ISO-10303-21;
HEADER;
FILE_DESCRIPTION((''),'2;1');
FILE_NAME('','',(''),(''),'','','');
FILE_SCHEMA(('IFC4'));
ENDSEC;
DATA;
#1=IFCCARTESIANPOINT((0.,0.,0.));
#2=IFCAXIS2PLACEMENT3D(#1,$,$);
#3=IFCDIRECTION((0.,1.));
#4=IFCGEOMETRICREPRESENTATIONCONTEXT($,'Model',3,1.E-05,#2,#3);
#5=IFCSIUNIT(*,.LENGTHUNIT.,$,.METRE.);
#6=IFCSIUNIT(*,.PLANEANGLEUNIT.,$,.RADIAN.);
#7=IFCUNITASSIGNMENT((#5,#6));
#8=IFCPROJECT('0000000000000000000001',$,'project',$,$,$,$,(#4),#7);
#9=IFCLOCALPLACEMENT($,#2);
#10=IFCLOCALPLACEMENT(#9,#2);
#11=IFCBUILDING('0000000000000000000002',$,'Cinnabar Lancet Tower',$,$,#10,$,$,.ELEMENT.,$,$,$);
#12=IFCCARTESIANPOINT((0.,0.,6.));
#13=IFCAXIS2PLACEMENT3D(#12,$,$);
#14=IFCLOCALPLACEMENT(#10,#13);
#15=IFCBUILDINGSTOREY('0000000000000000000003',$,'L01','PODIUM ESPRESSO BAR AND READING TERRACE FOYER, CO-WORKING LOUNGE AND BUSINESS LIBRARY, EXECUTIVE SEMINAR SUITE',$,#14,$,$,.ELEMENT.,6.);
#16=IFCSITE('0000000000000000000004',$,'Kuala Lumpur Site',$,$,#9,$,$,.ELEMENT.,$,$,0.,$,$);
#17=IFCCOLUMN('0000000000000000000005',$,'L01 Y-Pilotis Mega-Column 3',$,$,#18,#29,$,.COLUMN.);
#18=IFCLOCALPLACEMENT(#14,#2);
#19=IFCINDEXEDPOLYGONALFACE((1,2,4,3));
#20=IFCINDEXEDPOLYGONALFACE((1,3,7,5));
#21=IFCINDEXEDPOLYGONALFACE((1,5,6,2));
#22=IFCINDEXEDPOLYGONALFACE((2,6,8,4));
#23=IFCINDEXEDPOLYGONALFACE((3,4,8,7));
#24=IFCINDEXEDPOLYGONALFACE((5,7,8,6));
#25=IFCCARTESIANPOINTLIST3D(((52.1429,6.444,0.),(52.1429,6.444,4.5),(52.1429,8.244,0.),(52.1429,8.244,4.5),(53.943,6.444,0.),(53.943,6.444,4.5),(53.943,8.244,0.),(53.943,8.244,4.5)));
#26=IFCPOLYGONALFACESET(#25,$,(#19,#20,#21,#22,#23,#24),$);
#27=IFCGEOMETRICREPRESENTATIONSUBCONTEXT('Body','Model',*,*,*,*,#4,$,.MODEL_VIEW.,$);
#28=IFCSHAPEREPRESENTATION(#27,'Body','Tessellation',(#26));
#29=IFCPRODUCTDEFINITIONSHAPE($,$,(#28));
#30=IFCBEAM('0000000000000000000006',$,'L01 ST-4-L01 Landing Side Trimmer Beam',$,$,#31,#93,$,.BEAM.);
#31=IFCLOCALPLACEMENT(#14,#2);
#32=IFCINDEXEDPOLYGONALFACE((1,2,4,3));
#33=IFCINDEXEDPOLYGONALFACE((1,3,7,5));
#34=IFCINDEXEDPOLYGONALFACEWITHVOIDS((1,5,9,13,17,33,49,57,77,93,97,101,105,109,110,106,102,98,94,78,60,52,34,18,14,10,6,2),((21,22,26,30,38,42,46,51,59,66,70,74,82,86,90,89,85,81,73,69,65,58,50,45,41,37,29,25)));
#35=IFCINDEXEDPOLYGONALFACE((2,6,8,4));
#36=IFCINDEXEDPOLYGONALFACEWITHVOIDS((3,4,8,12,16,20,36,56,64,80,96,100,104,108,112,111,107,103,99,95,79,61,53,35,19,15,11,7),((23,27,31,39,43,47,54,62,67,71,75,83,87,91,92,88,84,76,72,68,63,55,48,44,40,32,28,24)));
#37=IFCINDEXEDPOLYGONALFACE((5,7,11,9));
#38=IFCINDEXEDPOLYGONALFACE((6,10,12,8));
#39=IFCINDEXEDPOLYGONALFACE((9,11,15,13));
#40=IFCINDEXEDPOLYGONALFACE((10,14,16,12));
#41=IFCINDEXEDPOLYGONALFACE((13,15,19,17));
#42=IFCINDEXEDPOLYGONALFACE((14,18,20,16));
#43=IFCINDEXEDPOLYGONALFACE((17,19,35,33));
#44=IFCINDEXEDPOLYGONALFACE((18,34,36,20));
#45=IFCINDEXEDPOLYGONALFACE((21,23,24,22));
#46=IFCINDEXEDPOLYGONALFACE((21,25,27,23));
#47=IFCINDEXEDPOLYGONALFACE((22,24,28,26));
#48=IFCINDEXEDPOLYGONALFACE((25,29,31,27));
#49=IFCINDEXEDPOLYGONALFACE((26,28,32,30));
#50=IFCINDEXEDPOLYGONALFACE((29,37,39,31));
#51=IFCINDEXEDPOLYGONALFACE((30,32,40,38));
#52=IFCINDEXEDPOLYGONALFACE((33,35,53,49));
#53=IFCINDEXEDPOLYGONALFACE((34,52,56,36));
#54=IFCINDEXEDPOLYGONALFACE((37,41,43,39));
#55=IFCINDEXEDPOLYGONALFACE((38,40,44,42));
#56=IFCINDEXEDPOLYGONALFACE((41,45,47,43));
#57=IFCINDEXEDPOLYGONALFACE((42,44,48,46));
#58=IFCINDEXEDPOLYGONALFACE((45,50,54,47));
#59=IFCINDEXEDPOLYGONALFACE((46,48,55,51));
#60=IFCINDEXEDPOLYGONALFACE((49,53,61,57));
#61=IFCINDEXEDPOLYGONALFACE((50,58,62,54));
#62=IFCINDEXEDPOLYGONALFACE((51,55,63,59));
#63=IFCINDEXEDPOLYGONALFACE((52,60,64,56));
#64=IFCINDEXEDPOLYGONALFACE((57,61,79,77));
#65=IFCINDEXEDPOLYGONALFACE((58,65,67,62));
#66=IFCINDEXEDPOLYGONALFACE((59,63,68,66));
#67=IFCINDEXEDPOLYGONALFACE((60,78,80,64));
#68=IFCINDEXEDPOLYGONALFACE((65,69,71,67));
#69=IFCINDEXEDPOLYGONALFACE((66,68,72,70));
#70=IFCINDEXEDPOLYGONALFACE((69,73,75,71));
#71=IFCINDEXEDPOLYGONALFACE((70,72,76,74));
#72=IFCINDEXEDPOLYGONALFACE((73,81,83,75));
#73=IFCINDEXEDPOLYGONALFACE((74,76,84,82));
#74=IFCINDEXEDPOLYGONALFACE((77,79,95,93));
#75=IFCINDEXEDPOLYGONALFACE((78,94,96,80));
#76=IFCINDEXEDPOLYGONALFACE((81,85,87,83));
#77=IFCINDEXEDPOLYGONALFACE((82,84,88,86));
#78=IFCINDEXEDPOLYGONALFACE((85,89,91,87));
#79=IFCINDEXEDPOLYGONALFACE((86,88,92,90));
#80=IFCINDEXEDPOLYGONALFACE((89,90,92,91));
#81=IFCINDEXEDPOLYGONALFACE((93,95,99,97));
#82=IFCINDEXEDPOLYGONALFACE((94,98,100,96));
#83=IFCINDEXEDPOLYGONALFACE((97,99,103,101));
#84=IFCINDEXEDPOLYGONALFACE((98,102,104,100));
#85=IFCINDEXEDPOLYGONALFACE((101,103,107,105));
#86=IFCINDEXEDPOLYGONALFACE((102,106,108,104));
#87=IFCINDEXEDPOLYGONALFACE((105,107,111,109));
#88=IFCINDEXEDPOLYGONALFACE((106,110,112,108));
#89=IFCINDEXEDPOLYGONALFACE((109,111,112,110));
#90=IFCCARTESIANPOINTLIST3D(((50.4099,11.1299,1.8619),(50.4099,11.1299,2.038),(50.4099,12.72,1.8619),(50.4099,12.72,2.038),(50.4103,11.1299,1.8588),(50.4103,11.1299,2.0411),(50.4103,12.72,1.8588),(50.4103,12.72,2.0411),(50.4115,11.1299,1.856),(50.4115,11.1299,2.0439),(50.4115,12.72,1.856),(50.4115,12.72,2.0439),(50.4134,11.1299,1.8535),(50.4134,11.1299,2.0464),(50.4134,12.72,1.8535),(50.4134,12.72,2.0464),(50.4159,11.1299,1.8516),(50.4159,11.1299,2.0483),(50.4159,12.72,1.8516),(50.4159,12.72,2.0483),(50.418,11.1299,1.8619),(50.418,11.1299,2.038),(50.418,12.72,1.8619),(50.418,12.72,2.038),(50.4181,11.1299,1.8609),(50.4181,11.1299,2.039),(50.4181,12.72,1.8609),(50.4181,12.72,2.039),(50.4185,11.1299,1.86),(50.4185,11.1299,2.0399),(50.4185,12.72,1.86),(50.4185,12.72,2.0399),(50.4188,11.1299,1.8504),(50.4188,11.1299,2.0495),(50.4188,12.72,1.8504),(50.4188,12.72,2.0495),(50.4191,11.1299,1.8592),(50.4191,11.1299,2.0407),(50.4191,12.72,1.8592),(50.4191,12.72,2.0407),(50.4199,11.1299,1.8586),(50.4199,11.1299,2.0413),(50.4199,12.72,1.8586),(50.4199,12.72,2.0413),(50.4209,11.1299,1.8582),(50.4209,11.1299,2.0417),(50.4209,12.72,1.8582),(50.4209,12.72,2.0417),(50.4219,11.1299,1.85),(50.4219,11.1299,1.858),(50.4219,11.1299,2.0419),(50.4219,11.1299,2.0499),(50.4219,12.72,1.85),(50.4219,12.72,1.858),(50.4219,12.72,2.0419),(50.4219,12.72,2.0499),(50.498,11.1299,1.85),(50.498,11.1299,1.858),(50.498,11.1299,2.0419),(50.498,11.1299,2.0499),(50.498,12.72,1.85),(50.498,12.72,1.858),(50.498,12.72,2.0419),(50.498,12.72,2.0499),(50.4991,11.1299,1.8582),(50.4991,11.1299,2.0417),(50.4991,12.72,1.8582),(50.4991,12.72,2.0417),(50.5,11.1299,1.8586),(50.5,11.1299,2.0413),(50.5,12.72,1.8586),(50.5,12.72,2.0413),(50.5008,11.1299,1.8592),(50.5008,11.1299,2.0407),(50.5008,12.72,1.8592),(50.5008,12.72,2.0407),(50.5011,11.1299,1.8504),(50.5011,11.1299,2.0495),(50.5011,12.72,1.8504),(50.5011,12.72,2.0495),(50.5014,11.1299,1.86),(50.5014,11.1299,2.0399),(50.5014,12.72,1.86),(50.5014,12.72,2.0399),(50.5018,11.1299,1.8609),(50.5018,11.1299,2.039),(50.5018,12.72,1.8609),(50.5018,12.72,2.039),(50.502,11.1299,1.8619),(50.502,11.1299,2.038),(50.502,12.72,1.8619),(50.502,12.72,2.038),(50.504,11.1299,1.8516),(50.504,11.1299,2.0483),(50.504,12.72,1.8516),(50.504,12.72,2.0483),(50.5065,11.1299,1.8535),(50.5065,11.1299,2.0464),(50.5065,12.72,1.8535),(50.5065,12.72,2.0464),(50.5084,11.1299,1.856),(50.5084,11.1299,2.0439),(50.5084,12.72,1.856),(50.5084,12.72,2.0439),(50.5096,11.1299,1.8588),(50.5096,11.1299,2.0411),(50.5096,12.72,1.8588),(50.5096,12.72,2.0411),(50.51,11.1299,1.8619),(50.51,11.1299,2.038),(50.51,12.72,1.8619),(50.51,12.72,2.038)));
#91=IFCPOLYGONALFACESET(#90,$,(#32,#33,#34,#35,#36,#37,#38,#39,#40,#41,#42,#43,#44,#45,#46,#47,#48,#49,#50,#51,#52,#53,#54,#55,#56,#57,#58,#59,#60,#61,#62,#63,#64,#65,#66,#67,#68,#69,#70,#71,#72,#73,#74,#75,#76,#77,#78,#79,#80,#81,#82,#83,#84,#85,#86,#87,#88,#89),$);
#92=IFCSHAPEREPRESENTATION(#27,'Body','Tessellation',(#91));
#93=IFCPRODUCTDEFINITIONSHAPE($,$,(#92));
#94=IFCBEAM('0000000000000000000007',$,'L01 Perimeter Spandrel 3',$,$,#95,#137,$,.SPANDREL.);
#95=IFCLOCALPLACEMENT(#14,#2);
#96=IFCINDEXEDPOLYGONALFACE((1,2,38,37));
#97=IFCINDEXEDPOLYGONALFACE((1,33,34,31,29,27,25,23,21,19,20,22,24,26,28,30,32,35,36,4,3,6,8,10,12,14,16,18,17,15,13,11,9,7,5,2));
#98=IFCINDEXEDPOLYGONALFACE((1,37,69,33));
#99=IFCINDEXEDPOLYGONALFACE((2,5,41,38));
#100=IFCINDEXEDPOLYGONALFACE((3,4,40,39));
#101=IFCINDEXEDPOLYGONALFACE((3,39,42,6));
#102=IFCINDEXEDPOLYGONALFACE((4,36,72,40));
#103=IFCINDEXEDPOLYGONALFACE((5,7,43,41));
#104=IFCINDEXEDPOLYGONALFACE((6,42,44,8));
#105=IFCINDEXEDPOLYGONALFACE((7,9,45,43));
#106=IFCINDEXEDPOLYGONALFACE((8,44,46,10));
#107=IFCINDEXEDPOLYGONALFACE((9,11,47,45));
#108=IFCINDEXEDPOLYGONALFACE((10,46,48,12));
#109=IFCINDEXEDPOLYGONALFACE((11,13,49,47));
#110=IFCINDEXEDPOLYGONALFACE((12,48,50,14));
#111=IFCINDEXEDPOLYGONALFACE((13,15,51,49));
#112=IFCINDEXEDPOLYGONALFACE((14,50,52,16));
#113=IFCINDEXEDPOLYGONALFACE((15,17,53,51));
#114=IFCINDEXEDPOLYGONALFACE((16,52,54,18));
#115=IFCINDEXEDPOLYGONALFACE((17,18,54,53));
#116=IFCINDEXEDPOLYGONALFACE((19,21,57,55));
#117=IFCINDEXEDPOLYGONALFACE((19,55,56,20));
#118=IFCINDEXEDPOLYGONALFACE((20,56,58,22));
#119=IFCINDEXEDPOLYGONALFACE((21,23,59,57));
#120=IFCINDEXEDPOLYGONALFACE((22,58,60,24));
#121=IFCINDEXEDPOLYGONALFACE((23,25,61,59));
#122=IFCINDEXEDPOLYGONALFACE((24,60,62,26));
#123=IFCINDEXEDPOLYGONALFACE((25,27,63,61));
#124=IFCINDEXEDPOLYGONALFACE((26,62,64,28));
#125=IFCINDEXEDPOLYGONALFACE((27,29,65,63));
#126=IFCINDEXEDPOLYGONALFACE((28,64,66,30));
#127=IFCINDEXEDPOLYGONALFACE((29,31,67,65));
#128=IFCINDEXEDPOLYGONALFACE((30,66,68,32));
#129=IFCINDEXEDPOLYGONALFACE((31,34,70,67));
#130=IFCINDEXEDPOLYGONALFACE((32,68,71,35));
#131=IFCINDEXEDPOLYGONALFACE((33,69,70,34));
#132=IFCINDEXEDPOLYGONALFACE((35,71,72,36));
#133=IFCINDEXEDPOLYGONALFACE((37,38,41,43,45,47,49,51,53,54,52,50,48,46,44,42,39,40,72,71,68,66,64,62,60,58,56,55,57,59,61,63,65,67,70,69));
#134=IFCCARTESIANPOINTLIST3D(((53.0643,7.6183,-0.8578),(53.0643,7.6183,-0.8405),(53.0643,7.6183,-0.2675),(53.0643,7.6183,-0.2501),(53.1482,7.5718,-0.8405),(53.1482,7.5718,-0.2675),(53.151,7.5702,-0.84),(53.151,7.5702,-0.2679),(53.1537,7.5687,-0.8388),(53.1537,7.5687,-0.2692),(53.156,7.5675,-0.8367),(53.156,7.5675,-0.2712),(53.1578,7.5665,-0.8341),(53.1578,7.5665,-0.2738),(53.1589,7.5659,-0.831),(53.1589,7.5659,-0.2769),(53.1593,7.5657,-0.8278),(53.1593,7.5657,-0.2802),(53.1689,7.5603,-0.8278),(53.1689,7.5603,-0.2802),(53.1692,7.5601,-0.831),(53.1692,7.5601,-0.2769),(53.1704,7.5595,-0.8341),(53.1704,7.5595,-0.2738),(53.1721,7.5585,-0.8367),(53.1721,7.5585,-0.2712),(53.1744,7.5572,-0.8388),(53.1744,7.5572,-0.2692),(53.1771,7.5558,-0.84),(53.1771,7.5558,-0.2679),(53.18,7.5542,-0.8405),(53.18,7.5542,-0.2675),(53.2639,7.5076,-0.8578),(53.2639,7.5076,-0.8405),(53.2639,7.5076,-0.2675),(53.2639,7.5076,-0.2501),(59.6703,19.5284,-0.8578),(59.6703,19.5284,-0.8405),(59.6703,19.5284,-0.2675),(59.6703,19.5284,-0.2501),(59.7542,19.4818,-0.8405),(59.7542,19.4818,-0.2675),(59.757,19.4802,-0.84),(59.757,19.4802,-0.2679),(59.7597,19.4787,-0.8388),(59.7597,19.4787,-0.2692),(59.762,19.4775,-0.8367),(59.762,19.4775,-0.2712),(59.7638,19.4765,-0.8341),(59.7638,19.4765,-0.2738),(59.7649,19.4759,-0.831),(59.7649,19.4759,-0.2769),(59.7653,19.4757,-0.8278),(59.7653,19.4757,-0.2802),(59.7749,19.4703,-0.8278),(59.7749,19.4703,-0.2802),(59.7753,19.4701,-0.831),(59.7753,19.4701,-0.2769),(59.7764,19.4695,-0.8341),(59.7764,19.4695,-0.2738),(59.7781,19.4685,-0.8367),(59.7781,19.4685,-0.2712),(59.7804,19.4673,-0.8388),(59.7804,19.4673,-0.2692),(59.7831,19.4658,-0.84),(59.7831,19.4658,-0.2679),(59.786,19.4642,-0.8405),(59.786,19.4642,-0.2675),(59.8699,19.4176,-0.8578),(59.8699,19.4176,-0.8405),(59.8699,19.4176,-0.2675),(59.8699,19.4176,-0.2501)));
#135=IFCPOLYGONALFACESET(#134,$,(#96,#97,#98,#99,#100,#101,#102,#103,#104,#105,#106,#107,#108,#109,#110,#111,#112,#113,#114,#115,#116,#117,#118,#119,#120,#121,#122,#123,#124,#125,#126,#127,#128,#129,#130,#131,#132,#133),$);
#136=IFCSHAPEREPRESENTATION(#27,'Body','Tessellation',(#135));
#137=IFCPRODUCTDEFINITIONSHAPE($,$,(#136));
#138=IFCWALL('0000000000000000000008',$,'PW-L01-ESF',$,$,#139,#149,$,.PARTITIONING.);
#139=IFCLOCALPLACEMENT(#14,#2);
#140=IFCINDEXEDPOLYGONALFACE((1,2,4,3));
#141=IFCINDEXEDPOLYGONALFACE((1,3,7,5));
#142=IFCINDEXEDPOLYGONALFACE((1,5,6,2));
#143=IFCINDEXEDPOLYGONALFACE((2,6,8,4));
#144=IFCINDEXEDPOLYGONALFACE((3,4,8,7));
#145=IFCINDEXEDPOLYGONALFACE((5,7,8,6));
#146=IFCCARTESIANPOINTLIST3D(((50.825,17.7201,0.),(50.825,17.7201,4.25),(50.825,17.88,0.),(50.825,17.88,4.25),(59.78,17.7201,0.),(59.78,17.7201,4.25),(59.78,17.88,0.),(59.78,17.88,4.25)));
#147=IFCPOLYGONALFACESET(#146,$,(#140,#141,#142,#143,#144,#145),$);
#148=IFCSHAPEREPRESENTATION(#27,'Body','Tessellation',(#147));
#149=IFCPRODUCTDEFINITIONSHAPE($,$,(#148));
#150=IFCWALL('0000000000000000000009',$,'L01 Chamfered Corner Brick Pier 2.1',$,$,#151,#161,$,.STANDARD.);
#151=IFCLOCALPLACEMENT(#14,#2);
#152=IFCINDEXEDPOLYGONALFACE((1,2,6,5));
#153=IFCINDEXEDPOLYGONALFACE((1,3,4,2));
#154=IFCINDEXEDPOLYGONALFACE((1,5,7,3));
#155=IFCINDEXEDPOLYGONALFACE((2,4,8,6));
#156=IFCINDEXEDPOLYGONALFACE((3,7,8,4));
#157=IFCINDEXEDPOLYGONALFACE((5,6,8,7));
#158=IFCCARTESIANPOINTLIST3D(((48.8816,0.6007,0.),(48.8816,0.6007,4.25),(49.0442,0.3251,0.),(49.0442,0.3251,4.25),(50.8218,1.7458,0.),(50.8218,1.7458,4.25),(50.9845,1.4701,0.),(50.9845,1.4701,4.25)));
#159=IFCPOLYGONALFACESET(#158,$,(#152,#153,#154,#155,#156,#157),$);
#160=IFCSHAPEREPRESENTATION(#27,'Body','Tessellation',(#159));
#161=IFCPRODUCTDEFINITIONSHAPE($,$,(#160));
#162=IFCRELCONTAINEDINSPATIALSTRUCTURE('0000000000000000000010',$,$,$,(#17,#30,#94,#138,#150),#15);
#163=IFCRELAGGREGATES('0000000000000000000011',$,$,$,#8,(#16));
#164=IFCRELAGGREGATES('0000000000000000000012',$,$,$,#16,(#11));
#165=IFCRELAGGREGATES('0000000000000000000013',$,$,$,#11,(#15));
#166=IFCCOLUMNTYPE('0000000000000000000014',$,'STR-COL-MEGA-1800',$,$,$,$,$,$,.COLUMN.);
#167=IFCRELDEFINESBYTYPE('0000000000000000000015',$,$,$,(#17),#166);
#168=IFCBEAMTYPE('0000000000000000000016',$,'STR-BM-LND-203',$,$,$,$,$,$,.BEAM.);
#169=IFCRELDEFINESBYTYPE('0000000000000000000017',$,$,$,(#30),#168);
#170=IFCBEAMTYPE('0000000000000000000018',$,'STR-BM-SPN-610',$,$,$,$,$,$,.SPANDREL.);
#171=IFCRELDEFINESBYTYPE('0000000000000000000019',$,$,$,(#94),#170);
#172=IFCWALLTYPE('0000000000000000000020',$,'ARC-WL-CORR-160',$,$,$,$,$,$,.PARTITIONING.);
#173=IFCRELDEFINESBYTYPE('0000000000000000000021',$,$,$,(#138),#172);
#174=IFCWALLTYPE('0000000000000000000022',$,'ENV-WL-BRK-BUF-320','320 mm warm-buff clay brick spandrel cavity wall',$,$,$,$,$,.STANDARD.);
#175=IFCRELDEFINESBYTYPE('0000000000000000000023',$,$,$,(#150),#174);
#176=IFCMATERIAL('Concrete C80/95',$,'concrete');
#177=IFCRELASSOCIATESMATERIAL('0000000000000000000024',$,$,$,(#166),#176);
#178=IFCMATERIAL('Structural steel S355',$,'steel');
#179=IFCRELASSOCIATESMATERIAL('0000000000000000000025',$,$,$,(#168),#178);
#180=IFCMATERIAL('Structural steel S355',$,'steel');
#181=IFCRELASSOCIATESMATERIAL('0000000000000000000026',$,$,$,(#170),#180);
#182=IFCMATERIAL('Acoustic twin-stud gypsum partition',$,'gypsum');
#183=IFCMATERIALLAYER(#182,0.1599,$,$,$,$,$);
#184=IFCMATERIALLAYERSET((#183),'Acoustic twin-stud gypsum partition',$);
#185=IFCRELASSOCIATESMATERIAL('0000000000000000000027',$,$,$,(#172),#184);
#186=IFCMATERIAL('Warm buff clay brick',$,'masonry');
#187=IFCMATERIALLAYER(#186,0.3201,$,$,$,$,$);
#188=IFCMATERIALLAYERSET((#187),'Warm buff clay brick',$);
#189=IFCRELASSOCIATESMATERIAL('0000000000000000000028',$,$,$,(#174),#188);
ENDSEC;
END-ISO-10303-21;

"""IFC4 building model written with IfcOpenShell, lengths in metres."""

from ifc_helpers import new_model, si_unit, direction, frame, frame_2d, origin, origin_2d, place, context, subcontext, project, spatial, rectangle, hollow_rectangle, i_section, extrude, material, layer, layer_set, material_profile, profile_set, type_object, element, save


model = new_model("IFC4")

# Units and contexts
model_context = context("Model", 3, precision=1e-05, world=origin(), true_north=direction((0.0, 1.0)))
body_context = subcontext(model_context, "Body", "Model", "MODEL_VIEW")
ifc_project = project(units=[si_unit("LENGTHUNIT", "METRE"), si_unit("PLANEANGLEUNIT", "RADIAN")], contexts=[model_context])

# Site, building, storey
site_placement = place(None, origin())
site = spatial("IfcSite", under=ifc_project, at=site_placement, Name="Kuala Lumpur Site", CompositionType="ELEMENT", RefElevation=0.0)
building_placement = place(site_placement, origin())
building = spatial("IfcBuilding", under=site, at=building_placement, Name="Cinnabar Lancet Tower", CompositionType="ELEMENT")
storey_placement = place(building_placement, frame((0.0, 0.0, 6.0)))
storey = spatial("IfcBuildingStorey", under=building, at=storey_placement, Name="L01", Description="PODIUM ESPRESSO BAR AND READING TERRACE FOYER, CO-WORKING LOUNGE AND BUSINESS LIBRARY, EXECUTIVE SEMINAR SUITE", CompositionType="ELEMENT", Elevation=6.0)

# Column
ifc_material_1 = material(Name="Concrete C80/95", Category="concrete")
ifc_material_profile_1 = material_profile(ifc_material_1, rectangle(XDim=1.8, YDim=1.8, at=origin_2d()), Name="RC-MEGA 1800x1800")
ifc_profile_set_1 = profile_set([ifc_material_profile_1], Name="Concrete C80/95")
column_type = type_object("IfcColumnType", Name="STR-COL-MEGA-1800", PredefinedType="COLUMN", material=ifc_profile_set_1)
column_placement = place(storey_placement, frame((53.043, 7.344, 0.0), z_axis=(0.0, 0.0, 1.0), x_axis=(1.0, 0.0, 0.0)))
element("IfcColumn", 1, at=column_placement, inside=storey, type_object=column_type, Name="L01 Y-Pilotis Mega-Column 3", PredefinedType="COLUMN", context=body_context, shape_type="SweptSolid", body=[
    extrude(rectangle(XDim=1.8, YDim=1.8, at=origin_2d()), origin(), (0.0, 0.0, 1.0), 4.5),
])

# Beams
ifc_material_2 = material(Name="Structural steel S355", Category="steel")
ifc_material_profile_2 = material_profile(ifc_material_2, hollow_rectangle(XDim=0.1001, YDim=0.2, WallThickness=0.0081, InnerFilletRadius=0.0039, OuterFilletRadius=0.012, at=origin_2d()), Name="RHS 200x100x8")
ifc_profile_set_2 = profile_set([ifc_material_profile_2], Name="Structural steel S355")
beam_type_1 = type_object("IfcBeamType", Name="STR-BM-LND-203", PredefinedType="BEAM", material=ifc_profile_set_2)
beam_1_placement = place(storey_placement, frame((50.46, 11.1299, 1.95), z_axis=(0.0, 1.0, 0.0), x_axis=(-1.0, 0.0, 0.0)))
element("IfcBeam", 2, at=beam_1_placement, inside=storey, type_object=beam_type_1, Name="L01 ST-4-L01 Landing Side Trimmer Beam", PredefinedType="BEAM", context=body_context, shape_type="SweptSolid", body=[
    extrude(hollow_rectangle(XDim=0.1001, YDim=0.2, WallThickness=0.0081, InnerFilletRadius=0.0039, OuterFilletRadius=0.012, at=origin_2d()), origin(), (0.0, 0.0, 1.0), 1.5901),
])
ifc_material_3 = material(Name="Structural steel S355", Category="steel")
ifc_material_profile_3 = material_profile(ifc_material_3, i_section(OverallWidth=0.2283, OverallDepth=0.6077, WebThickness=0.011, FlangeThickness=0.0173, FilletRadius=0.0127, at=origin_2d()), Name="UKB 610x229x113")
ifc_profile_set_3 = profile_set([ifc_material_profile_3], Name="Structural steel S355")
beam_type_2 = type_object("IfcBeamType", Name="STR-BM-SPN-610", PredefinedType="SPANDREL", material=ifc_profile_set_3)
beam_2_placement = place(storey_placement, frame((53.1641, 7.563, -0.554), z_axis=(0.485045, 0.874489, 0.0), x_axis=(-0.874489, 0.485045, 0.0)))
element("IfcBeam", 3, at=beam_2_placement, inside=storey, type_object=beam_type_2, Name="L01 Perimeter Spandrel 3", PredefinedType="SPANDREL", context=body_context, shape_type="SweptSolid", body=[
    extrude(i_section(OverallWidth=0.2283, OverallDepth=0.6077, WebThickness=0.011, FlangeThickness=0.0173, FilletRadius=0.0127, at=origin_2d()), origin(), (0.0, 0.0, 1.0), 13.6194),
])

# Wall
ifc_material_4 = material(Name="Acoustic twin-stud gypsum partition", Category="gypsum")
ifc_layer_1 = layer(ifc_material_4, 0.1599)
ifc_layer_set_1 = layer_set([ifc_layer_1], Name="Acoustic twin-stud gypsum partition")
wall_type_1 = type_object("IfcWallType", Name="ARC-WL-CORR-160", PredefinedType="PARTITIONING", material=ifc_layer_set_1)
wall_1_placement = place(storey_placement, frame((50.825, 17.8, 0.0), z_axis=(0.0, 0.0, 1.0), x_axis=(1.0, 0.0, 0.0)))
element("IfcWall", 4, at=wall_1_placement, inside=storey, type_object=wall_type_1, Name="PW-L01-ESF", PredefinedType="PARTITIONING", context=body_context, shape_type="SweptSolid", body=[
    extrude(rectangle(XDim=8.9551, YDim=0.1599, at=frame_2d((4.4775, 0.0))), origin(), (0.0, 0.0, 1.0), 4.25),
])

# Wall
ifc_material_5 = material(Name="Warm buff clay brick", Category="masonry")
ifc_layer_2 = layer(ifc_material_5, 0.3201)
ifc_layer_set_2 = layer_set([ifc_layer_2], Name="Warm buff clay brick")
wall_type_2 = type_object("IfcWallType", Name="ENV-WL-BRK-BUF-320", Description="320 mm warm-buff clay brick spandrel cavity wall", PredefinedType="STANDARD", material=ifc_layer_set_2)
wall_2_placement = place(storey_placement, frame((48.9629, 0.4629, 0.0), z_axis=(0.0, 0.0, 1.0), x_axis=(0.861209, 0.508251, 0.0)))
element("IfcWall", 5, at=wall_2_placement, inside=storey, type_object=wall_type_2, Name="L01 Chamfered Corner Brick Pier 2.1", PredefinedType="STANDARD", context=body_context, shape_type="SweptSolid", body=[
    extrude(rectangle(XDim=2.2529, YDim=0.3201, at=frame_2d((1.1265, 0.0))), origin(), (0.0, 0.0, 1.0), 4.25),
])

save(model, "model.ifc")
